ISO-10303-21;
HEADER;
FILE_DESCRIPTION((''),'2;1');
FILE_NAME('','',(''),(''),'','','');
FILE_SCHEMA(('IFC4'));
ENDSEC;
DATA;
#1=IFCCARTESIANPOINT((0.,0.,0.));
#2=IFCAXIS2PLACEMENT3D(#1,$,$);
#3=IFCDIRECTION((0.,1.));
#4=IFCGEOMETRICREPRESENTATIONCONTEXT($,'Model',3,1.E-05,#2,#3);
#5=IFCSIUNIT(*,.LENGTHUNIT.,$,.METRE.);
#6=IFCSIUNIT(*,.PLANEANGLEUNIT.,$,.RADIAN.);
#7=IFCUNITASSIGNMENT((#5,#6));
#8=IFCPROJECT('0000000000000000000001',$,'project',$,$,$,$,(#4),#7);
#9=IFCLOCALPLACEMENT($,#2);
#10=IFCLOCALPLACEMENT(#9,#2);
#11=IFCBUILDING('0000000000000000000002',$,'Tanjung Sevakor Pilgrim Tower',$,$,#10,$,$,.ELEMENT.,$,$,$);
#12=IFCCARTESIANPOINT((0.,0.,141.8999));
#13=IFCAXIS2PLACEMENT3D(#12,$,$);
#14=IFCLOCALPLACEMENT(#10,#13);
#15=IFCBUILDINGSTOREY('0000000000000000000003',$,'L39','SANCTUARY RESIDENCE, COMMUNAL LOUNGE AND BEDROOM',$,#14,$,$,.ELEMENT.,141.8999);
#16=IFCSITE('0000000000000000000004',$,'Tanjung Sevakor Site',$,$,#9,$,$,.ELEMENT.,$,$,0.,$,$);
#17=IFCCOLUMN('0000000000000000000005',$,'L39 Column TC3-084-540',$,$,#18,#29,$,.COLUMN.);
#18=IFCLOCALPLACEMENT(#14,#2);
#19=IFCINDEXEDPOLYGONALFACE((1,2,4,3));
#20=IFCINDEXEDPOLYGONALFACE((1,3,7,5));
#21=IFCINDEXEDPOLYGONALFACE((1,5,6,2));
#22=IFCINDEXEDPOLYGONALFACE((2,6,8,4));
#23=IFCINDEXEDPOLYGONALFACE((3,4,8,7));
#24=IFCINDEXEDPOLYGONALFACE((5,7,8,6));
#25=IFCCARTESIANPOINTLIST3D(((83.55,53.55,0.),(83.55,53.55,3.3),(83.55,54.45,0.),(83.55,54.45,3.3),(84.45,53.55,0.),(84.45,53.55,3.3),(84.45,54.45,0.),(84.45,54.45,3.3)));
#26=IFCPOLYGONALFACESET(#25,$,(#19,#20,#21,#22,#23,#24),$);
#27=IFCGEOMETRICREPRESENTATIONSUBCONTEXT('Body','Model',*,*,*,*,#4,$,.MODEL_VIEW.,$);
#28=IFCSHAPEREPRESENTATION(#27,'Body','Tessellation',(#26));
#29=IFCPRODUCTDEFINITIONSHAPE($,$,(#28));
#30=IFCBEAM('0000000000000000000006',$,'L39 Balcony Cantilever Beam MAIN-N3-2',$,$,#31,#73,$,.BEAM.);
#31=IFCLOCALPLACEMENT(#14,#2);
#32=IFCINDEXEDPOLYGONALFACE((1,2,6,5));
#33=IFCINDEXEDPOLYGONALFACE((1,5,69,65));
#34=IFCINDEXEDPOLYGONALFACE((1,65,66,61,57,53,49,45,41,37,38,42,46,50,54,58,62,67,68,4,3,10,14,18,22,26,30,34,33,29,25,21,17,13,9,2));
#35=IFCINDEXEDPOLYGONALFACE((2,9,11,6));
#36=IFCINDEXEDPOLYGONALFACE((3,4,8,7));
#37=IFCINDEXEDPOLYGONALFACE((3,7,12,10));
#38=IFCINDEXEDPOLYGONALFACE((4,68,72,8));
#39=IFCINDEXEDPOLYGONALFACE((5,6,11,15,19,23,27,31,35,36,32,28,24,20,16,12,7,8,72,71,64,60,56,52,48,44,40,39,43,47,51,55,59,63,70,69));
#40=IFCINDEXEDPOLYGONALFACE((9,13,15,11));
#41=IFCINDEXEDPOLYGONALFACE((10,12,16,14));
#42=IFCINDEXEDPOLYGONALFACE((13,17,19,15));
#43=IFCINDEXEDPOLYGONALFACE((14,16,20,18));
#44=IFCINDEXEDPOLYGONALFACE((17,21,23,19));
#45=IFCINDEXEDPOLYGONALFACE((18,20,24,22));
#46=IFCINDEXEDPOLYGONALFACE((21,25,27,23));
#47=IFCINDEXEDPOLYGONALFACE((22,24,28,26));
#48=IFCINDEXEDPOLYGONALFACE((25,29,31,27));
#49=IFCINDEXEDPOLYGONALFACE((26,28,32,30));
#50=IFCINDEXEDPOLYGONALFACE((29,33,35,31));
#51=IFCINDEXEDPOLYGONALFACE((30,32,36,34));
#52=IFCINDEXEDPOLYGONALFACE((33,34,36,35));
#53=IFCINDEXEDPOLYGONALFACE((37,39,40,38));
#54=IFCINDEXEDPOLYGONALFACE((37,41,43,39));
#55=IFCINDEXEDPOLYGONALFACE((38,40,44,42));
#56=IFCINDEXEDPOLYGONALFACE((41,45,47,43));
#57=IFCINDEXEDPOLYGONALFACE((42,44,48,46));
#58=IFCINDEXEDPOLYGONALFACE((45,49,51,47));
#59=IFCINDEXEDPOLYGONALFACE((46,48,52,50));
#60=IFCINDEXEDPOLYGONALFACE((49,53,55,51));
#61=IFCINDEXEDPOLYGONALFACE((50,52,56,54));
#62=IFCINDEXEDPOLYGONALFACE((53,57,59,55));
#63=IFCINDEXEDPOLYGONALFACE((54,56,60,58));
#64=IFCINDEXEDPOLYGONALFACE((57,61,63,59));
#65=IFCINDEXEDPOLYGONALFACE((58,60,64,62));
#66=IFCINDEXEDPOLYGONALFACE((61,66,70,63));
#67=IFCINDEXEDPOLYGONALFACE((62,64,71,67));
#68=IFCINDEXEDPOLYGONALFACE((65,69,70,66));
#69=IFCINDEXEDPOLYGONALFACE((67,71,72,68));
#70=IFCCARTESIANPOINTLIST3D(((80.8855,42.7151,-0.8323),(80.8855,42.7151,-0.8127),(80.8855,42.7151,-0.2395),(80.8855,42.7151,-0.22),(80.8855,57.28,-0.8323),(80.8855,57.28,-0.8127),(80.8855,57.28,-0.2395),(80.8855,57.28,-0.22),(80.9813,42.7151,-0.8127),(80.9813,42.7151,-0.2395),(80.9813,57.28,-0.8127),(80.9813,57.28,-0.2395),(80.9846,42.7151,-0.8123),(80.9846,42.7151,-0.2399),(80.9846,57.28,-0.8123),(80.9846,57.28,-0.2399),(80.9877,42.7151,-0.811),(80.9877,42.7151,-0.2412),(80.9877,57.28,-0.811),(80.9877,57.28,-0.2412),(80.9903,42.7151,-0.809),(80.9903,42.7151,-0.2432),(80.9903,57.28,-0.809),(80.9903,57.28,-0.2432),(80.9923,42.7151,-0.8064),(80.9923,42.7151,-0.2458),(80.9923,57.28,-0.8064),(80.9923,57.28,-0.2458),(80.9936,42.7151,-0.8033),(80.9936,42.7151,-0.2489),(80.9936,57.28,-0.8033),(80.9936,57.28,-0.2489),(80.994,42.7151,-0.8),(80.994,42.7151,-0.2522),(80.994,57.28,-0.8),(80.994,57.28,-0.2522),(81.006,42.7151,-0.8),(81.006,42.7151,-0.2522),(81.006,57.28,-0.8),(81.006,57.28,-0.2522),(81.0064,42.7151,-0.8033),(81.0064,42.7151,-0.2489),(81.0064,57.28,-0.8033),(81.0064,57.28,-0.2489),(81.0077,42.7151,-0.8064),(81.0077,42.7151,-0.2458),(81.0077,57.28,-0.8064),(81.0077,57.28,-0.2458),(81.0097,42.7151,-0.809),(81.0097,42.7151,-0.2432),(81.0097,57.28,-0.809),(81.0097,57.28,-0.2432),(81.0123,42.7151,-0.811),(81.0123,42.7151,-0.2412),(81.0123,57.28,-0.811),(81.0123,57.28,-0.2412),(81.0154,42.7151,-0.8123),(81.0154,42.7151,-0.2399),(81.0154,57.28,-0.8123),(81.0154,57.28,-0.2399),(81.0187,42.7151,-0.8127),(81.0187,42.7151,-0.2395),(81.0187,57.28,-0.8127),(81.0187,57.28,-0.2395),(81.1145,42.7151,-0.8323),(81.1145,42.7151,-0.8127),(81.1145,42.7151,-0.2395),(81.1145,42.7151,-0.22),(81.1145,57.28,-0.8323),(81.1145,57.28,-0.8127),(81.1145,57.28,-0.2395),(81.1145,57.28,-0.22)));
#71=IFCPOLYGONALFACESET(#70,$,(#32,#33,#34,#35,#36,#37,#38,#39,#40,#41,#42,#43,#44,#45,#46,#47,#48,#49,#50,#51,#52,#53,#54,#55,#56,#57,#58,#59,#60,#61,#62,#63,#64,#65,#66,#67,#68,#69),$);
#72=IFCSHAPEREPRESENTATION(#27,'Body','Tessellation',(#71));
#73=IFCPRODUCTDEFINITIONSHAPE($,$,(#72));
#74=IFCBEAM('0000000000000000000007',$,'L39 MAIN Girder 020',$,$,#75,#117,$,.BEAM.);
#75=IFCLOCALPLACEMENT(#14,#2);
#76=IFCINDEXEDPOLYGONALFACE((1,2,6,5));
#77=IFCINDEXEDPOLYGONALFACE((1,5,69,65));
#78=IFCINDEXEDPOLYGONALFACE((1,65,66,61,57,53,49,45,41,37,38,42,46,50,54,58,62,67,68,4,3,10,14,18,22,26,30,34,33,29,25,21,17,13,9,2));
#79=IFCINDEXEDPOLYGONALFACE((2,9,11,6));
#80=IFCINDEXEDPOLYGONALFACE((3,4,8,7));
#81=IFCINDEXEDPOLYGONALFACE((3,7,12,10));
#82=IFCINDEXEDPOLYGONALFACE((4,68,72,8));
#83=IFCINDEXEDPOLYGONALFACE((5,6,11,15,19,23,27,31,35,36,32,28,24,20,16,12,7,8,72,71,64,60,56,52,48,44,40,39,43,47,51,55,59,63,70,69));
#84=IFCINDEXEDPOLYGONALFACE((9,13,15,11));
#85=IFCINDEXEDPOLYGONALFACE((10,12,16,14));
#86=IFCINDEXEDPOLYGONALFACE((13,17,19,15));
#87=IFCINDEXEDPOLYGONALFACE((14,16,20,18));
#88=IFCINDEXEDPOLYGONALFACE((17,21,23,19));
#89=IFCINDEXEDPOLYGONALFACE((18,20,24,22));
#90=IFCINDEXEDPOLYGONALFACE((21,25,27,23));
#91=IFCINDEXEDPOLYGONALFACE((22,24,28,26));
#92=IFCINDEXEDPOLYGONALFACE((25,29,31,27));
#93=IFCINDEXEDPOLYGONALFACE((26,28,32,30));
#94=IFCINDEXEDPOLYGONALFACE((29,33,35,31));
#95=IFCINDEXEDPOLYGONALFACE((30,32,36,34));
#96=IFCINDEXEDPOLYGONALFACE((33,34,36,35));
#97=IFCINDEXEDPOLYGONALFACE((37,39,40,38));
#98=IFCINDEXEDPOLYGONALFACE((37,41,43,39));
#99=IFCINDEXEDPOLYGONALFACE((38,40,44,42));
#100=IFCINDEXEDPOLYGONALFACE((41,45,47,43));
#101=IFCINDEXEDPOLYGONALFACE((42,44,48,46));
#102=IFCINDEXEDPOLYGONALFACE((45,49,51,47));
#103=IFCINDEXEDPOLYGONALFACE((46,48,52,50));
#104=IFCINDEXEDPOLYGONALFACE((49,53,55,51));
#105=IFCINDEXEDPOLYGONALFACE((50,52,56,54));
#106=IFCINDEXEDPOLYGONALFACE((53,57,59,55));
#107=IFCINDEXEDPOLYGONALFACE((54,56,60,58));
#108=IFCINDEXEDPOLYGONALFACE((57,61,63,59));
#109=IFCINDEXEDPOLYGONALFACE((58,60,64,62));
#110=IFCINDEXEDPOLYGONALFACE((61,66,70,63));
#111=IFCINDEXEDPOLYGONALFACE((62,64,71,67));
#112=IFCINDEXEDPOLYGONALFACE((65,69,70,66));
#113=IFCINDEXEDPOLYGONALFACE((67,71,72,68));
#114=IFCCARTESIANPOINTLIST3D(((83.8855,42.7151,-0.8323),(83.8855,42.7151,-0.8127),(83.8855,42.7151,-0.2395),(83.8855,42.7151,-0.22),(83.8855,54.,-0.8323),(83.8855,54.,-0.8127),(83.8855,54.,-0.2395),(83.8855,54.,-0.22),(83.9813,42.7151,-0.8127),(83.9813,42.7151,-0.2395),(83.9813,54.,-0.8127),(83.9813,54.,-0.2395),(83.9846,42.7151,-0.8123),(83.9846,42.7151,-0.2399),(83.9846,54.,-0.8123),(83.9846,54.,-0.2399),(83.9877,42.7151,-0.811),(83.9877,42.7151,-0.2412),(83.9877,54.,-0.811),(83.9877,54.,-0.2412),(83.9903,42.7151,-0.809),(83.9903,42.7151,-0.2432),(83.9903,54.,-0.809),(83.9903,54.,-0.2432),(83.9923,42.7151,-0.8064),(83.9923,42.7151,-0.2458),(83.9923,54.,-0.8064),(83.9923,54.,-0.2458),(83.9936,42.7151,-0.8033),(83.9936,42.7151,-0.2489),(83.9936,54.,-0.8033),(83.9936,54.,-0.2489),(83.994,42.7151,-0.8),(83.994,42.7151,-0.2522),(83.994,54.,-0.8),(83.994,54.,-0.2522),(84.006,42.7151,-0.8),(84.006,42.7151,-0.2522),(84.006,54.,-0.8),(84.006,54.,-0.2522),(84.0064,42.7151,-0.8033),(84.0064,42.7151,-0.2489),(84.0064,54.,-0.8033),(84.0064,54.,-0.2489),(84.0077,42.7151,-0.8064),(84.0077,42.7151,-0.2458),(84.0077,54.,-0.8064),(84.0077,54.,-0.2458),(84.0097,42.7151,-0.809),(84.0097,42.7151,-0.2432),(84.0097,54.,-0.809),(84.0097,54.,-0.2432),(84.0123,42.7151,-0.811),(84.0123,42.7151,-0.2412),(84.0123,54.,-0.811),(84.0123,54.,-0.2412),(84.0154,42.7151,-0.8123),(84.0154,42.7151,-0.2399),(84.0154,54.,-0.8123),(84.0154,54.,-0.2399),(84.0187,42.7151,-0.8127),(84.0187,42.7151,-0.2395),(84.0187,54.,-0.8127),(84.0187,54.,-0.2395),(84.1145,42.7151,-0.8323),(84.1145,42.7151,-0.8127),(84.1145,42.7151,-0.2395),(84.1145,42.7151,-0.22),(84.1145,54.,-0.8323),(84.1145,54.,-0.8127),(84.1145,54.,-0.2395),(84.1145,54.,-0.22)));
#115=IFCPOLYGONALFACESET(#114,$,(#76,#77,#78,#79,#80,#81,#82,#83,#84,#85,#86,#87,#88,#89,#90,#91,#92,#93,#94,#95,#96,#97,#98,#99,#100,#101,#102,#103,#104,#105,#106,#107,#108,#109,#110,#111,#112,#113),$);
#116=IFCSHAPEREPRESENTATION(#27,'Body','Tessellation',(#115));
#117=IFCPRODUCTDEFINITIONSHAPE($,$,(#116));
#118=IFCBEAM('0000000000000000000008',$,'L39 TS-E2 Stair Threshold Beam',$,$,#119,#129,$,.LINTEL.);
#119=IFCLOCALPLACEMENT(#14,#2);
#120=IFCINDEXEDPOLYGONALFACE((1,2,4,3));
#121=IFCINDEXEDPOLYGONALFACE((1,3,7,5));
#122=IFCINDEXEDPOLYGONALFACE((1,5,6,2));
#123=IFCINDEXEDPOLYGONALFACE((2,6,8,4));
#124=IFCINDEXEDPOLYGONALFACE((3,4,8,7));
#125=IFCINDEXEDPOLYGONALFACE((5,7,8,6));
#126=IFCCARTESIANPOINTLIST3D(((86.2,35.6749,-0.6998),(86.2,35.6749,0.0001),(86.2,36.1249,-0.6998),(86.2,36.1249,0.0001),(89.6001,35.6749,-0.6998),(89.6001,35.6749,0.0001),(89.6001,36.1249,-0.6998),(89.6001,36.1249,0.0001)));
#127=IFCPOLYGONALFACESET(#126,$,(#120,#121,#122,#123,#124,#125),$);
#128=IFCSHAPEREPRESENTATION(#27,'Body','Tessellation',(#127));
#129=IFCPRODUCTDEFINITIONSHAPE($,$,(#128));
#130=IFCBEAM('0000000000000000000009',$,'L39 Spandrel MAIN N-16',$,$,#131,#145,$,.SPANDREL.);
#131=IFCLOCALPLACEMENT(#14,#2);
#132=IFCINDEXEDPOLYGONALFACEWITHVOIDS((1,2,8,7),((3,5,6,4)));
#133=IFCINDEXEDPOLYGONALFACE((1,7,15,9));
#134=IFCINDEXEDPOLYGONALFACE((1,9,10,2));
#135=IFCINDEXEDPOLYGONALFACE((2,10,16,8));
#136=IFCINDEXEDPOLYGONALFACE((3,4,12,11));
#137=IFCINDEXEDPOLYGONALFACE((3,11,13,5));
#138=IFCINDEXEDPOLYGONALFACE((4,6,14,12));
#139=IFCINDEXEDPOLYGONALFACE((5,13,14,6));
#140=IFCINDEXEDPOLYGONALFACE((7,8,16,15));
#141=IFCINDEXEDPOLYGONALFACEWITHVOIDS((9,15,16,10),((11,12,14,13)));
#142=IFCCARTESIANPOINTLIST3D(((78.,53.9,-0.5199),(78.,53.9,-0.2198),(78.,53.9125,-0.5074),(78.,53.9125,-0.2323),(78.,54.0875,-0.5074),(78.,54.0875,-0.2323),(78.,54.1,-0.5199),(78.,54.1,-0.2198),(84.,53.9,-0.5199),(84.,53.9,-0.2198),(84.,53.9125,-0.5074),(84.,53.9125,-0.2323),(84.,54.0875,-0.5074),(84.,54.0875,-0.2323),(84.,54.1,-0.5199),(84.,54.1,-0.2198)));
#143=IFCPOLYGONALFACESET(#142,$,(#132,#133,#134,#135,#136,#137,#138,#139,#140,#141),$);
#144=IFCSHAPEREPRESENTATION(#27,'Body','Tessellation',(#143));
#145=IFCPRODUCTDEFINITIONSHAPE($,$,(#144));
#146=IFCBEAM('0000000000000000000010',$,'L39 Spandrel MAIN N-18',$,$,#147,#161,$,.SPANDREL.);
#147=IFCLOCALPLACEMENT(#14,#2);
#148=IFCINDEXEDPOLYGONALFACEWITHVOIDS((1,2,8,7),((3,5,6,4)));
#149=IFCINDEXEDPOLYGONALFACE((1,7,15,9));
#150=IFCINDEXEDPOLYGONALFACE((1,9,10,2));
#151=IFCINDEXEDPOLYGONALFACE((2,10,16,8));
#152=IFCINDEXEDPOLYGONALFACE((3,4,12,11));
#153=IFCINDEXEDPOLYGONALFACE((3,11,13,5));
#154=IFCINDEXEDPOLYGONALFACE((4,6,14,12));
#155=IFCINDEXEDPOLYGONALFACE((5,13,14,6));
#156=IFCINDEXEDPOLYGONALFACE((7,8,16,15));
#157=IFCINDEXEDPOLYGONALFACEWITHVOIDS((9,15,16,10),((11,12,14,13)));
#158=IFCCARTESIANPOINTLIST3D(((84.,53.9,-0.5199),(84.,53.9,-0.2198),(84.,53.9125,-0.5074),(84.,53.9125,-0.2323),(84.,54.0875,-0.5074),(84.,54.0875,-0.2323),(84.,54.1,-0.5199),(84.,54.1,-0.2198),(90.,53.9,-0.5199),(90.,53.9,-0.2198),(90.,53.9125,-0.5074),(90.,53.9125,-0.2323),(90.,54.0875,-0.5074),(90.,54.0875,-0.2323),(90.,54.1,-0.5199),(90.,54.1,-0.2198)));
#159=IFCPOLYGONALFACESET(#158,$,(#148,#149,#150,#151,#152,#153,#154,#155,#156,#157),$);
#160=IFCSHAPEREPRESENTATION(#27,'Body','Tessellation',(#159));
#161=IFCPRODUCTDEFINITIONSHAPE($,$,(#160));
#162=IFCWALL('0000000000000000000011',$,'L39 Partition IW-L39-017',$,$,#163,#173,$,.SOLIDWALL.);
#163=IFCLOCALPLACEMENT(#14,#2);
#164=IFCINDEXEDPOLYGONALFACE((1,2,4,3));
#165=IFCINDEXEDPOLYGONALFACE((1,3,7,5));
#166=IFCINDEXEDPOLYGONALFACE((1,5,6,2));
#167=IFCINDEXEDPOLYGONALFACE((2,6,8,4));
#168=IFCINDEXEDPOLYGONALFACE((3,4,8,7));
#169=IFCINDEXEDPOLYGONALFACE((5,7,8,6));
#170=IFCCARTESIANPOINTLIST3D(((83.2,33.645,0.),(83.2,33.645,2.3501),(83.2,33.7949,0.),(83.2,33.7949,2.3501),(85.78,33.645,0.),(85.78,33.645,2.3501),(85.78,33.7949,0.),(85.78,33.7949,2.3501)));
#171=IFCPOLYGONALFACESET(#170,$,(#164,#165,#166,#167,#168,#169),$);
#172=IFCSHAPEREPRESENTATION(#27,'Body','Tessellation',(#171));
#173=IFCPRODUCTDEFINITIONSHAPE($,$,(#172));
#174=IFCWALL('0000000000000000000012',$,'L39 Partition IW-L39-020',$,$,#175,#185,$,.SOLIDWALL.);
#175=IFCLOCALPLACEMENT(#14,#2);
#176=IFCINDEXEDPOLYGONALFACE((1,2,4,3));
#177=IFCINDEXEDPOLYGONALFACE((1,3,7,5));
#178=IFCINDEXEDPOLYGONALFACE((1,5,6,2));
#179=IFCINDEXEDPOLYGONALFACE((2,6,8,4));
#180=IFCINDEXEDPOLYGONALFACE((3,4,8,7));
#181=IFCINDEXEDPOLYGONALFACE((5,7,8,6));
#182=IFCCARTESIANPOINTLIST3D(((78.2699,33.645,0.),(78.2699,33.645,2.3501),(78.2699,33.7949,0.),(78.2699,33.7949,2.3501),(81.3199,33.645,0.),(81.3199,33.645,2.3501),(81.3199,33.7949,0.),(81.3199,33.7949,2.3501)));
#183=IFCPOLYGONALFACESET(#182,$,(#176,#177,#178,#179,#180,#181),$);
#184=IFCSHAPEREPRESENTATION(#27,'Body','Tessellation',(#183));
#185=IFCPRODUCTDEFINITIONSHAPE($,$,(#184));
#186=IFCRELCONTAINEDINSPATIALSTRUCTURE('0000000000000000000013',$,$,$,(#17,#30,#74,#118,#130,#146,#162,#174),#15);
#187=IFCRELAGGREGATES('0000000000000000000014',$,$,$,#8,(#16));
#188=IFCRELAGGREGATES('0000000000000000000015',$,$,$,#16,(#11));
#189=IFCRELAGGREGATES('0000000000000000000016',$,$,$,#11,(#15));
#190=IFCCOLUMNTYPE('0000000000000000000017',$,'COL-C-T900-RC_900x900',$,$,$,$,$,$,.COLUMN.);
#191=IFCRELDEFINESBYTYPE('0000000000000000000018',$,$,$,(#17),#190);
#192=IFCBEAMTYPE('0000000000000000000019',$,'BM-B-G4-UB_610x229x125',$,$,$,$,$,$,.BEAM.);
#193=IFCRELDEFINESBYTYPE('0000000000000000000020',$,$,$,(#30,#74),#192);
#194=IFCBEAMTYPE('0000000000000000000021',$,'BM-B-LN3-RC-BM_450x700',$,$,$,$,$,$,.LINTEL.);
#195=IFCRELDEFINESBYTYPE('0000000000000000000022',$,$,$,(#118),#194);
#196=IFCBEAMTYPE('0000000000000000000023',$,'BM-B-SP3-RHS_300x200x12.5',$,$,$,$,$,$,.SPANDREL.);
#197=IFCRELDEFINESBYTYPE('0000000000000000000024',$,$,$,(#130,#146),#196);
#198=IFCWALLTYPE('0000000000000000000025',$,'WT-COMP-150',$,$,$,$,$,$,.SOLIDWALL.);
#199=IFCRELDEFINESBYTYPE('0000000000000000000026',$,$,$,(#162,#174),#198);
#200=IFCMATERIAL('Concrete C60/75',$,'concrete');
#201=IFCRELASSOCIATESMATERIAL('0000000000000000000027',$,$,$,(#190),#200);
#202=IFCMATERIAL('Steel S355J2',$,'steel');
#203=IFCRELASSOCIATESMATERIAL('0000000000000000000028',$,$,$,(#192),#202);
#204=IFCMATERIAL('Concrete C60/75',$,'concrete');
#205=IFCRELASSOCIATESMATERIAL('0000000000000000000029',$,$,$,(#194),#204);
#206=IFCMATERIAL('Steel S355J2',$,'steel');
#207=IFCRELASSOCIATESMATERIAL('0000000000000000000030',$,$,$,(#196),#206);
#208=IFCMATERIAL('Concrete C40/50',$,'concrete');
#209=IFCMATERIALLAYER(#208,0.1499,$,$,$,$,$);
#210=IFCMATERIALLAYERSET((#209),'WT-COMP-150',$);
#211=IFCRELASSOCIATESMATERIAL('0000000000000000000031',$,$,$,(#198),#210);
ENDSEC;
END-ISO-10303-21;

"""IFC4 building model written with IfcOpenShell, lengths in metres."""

from ifc_helpers import new_model, si_unit, direction, frame, frame_2d, origin, origin_2d, place, context, subcontext, project, spatial, rectangle, hollow_rectangle, i_section, extrude, material, layer, layer_set, material_profile, profile_set, type_object, element, save


model = new_model("IFC4")

# Units and contexts
model_context = context("Model", 3, precision=1e-05, world=origin(), true_north=direction((0.0, 1.0)))
body_context = subcontext(model_context, "Body", "Model", "MODEL_VIEW")
ifc_project = project(units=[si_unit("LENGTHUNIT", "METRE"), si_unit("PLANEANGLEUNIT", "RADIAN")], contexts=[model_context])

# Site, building, storey
site_placement = place(None, origin())
site = spatial("IfcSite", under=ifc_project, at=site_placement, Name="Tanjung Sevakor Site", CompositionType="ELEMENT", RefElevation=0.0)
building_placement = place(site_placement, origin())
building = spatial("IfcBuilding", under=site, at=building_placement, Name="Tanjung Sevakor Pilgrim Tower", CompositionType="ELEMENT")
storey_placement = place(building_placement, frame((0.0, 0.0, 141.8999)))
storey = spatial("IfcBuildingStorey", under=building, at=storey_placement, Name="L39", Description="SANCTUARY RESIDENCE, COMMUNAL LOUNGE AND BEDROOM", CompositionType="ELEMENT", Elevation=141.8999)

# Column
ifc_material_1 = material(Name="Concrete C60/75", Category="concrete")
ifc_material_profile_1 = material_profile(ifc_material_1, rectangle(XDim=0.8999, YDim=0.8999, at=origin_2d()))
ifc_profile_set_1 = profile_set([ifc_material_profile_1], Name="Concrete C60/75")
column_type = type_object("IfcColumnType", Name="COL-C-T900-RC_900x900", PredefinedType="COLUMN", material=ifc_profile_set_1)
column_placement = place(storey_placement, frame((84.0, 54.0, 0.0), z_axis=(0.0, 0.0, 1.0), x_axis=(1.0, 0.0, 0.0)))
element("IfcColumn", 1, at=column_placement, inside=storey, type_object=column_type, Name="L39 Column TC3-084-540", PredefinedType="COLUMN", context=body_context, shape_type="SweptSolid", body=[
    extrude(rectangle(XDim=0.8999, YDim=0.8999, at=origin_2d()), origin(), (0.0, 0.0, 1.0), 3.3),
])

# Beams
ifc_material_2 = material(Name="Steel S355J2", Category="steel")
ifc_material_profile_2 = material_profile(ifc_material_2, i_section(OverallWidth=0.229, OverallDepth=0.6123, WebThickness=0.012, FlangeThickness=0.0195, FilletRadius=0.0127, at=origin_2d()))
ifc_profile_set_2 = profile_set([ifc_material_profile_2], Name="Steel S355J2")
beam_type_1 = type_object("IfcBeamType", Name="BM-B-G4-UB_610x229x125", PredefinedType="BEAM", material=ifc_profile_set_2)
beam_1_placement = place(storey_placement, frame((81.0, 42.7151, -0.5261), z_axis=(0.0, 1.0, 0.0), x_axis=(-1.0, 0.0, 0.0)))
element("IfcBeam", 2, at=beam_1_placement, inside=storey, type_object=beam_type_1, Name="L39 Balcony Cantilever Beam MAIN-N3-2", PredefinedType="BEAM", context=body_context, shape_type="SweptSolid", body=[
    extrude(i_section(OverallWidth=0.229, OverallDepth=0.6123, WebThickness=0.012, FlangeThickness=0.0195, FilletRadius=0.0127, at=origin_2d()), origin(), (0.0, 0.0, 1.0), 14.5649),
])
beam_2_placement = place(storey_placement, frame((84.0, 42.7151, -0.5261), z_axis=(0.0, 1.0, 0.0), x_axis=(-1.0, 0.0, 0.0)))
element("IfcBeam", 3, at=beam_2_placement, inside=storey, type_object=beam_type_1, Name="L39 MAIN Girder 020", PredefinedType="BEAM", context=body_context, shape_type="SweptSolid", body=[
    extrude(i_section(OverallWidth=0.229, OverallDepth=0.6123, WebThickness=0.012, FlangeThickness=0.0195, FilletRadius=0.0127, at=origin_2d()), origin(), (0.0, 0.0, 1.0), 11.2849),
])
ifc_material_3 = material(Name="Concrete C60/75", Category="concrete")
ifc_material_profile_3 = material_profile(ifc_material_3, rectangle(XDim=0.45, YDim=0.7, at=origin_2d()))
ifc_profile_set_3 = profile_set([ifc_material_profile_3], Name="Concrete C60/75")
beam_type_2 = type_object("IfcBeamType", Name="BM-B-LN3-RC-BM_450x700", PredefinedType="LINTEL", material=ifc_profile_set_3)
beam_3_placement = place(storey_placement, frame((86.2, 35.8999, -0.3499), z_axis=(1.0, 0.0, 0.0), x_axis=(0.0, 1.0, 0.0)))
element("IfcBeam", 4, at=beam_3_placement, inside=storey, type_object=beam_type_2, Name="L39 TS-E2 Stair Threshold Beam", PredefinedType="LINTEL", context=body_context, shape_type="SweptSolid", body=[
    extrude(rectangle(XDim=0.45, YDim=0.7, at=origin_2d()), origin(), (0.0, 0.0, 1.0), 3.4001),
])
ifc_material_4 = material(Name="Steel S355J2", Category="steel")
ifc_material_profile_4 = material_profile(ifc_material_4, hollow_rectangle(XDim=0.2, YDim=0.3, WallThickness=0.0125, at=origin_2d()))
ifc_profile_set_4 = profile_set([ifc_material_profile_4], Name="Steel S355J2")
beam_type_3 = type_object("IfcBeamType", Name="BM-B-SP3-RHS_300x200x12.5", PredefinedType="SPANDREL", material=ifc_profile_set_4)
for number, where, z_axis, x_axis, name in (
    (5, (78.0, 54.0, -0.3699), (1.0, 0.0, 0.0), (0.0, 1.0, 0.0), "L39 Spandrel MAIN N-16"),
    (6, (84.0, 54.0, -0.3699), (1.0, 0.0, 0.0), (0.0, 1.0, 0.0), "L39 Spandrel MAIN N-18"),
):
    element("IfcBeam", number, at=place(storey_placement, frame(where, z_axis=z_axis, x_axis=x_axis)), inside=storey, type_object=beam_type_3, Name=name, PredefinedType="SPANDREL", context=body_context, shape_type="SweptSolid", body=[
        extrude(hollow_rectangle(XDim=0.2, YDim=0.3, WallThickness=0.0125, at=origin_2d()), origin(), (0.0, 0.0, 1.0), 6.0),
    ])

# Walls
ifc_material_5 = material(Name="Concrete C40/50", Category="concrete")
ifc_layer_1 = layer(ifc_material_5, 0.1499)
ifc_layer_set_1 = layer_set([ifc_layer_1], Name="WT-COMP-150")
wall_type_1 = type_object("IfcWallType", Name="WT-COMP-150", PredefinedType="SOLIDWALL", material=ifc_layer_set_1)
wall_1_placement = place(storey_placement, frame((83.2, 33.72, 0.0), z_axis=(0.0, 0.0, 1.0), x_axis=(1.0, 0.0, 0.0)))
element("IfcWall", 7, at=wall_1_placement, inside=storey, type_object=wall_type_1, Name="L39 Partition IW-L39-017", PredefinedType="SOLIDWALL", context=body_context, shape_type="SweptSolid", body=[
    extrude(rectangle(XDim=2.5801, YDim=0.1499, at=frame_2d((1.29, 0.0))), origin(), (0.0, 0.0, 1.0), 2.3501),
])
wall_2_placement = place(storey_placement, frame((78.27, 33.72, 0.0), z_axis=(0.0, 0.0, 1.0), x_axis=(1.0, 0.0, 0.0)))
element("IfcWall", 8, at=wall_2_placement, inside=storey, type_object=wall_type_1, Name="L39 Partition IW-L39-020", PredefinedType="SOLIDWALL", context=body_context, shape_type="SweptSolid", body=[
    extrude(rectangle(XDim=3.05, YDim=0.1499, at=frame_2d((1.5249, 0.0))), origin(), (0.0, 0.0, 1.0), 2.3501),
])

save(model, "model.ifc")
